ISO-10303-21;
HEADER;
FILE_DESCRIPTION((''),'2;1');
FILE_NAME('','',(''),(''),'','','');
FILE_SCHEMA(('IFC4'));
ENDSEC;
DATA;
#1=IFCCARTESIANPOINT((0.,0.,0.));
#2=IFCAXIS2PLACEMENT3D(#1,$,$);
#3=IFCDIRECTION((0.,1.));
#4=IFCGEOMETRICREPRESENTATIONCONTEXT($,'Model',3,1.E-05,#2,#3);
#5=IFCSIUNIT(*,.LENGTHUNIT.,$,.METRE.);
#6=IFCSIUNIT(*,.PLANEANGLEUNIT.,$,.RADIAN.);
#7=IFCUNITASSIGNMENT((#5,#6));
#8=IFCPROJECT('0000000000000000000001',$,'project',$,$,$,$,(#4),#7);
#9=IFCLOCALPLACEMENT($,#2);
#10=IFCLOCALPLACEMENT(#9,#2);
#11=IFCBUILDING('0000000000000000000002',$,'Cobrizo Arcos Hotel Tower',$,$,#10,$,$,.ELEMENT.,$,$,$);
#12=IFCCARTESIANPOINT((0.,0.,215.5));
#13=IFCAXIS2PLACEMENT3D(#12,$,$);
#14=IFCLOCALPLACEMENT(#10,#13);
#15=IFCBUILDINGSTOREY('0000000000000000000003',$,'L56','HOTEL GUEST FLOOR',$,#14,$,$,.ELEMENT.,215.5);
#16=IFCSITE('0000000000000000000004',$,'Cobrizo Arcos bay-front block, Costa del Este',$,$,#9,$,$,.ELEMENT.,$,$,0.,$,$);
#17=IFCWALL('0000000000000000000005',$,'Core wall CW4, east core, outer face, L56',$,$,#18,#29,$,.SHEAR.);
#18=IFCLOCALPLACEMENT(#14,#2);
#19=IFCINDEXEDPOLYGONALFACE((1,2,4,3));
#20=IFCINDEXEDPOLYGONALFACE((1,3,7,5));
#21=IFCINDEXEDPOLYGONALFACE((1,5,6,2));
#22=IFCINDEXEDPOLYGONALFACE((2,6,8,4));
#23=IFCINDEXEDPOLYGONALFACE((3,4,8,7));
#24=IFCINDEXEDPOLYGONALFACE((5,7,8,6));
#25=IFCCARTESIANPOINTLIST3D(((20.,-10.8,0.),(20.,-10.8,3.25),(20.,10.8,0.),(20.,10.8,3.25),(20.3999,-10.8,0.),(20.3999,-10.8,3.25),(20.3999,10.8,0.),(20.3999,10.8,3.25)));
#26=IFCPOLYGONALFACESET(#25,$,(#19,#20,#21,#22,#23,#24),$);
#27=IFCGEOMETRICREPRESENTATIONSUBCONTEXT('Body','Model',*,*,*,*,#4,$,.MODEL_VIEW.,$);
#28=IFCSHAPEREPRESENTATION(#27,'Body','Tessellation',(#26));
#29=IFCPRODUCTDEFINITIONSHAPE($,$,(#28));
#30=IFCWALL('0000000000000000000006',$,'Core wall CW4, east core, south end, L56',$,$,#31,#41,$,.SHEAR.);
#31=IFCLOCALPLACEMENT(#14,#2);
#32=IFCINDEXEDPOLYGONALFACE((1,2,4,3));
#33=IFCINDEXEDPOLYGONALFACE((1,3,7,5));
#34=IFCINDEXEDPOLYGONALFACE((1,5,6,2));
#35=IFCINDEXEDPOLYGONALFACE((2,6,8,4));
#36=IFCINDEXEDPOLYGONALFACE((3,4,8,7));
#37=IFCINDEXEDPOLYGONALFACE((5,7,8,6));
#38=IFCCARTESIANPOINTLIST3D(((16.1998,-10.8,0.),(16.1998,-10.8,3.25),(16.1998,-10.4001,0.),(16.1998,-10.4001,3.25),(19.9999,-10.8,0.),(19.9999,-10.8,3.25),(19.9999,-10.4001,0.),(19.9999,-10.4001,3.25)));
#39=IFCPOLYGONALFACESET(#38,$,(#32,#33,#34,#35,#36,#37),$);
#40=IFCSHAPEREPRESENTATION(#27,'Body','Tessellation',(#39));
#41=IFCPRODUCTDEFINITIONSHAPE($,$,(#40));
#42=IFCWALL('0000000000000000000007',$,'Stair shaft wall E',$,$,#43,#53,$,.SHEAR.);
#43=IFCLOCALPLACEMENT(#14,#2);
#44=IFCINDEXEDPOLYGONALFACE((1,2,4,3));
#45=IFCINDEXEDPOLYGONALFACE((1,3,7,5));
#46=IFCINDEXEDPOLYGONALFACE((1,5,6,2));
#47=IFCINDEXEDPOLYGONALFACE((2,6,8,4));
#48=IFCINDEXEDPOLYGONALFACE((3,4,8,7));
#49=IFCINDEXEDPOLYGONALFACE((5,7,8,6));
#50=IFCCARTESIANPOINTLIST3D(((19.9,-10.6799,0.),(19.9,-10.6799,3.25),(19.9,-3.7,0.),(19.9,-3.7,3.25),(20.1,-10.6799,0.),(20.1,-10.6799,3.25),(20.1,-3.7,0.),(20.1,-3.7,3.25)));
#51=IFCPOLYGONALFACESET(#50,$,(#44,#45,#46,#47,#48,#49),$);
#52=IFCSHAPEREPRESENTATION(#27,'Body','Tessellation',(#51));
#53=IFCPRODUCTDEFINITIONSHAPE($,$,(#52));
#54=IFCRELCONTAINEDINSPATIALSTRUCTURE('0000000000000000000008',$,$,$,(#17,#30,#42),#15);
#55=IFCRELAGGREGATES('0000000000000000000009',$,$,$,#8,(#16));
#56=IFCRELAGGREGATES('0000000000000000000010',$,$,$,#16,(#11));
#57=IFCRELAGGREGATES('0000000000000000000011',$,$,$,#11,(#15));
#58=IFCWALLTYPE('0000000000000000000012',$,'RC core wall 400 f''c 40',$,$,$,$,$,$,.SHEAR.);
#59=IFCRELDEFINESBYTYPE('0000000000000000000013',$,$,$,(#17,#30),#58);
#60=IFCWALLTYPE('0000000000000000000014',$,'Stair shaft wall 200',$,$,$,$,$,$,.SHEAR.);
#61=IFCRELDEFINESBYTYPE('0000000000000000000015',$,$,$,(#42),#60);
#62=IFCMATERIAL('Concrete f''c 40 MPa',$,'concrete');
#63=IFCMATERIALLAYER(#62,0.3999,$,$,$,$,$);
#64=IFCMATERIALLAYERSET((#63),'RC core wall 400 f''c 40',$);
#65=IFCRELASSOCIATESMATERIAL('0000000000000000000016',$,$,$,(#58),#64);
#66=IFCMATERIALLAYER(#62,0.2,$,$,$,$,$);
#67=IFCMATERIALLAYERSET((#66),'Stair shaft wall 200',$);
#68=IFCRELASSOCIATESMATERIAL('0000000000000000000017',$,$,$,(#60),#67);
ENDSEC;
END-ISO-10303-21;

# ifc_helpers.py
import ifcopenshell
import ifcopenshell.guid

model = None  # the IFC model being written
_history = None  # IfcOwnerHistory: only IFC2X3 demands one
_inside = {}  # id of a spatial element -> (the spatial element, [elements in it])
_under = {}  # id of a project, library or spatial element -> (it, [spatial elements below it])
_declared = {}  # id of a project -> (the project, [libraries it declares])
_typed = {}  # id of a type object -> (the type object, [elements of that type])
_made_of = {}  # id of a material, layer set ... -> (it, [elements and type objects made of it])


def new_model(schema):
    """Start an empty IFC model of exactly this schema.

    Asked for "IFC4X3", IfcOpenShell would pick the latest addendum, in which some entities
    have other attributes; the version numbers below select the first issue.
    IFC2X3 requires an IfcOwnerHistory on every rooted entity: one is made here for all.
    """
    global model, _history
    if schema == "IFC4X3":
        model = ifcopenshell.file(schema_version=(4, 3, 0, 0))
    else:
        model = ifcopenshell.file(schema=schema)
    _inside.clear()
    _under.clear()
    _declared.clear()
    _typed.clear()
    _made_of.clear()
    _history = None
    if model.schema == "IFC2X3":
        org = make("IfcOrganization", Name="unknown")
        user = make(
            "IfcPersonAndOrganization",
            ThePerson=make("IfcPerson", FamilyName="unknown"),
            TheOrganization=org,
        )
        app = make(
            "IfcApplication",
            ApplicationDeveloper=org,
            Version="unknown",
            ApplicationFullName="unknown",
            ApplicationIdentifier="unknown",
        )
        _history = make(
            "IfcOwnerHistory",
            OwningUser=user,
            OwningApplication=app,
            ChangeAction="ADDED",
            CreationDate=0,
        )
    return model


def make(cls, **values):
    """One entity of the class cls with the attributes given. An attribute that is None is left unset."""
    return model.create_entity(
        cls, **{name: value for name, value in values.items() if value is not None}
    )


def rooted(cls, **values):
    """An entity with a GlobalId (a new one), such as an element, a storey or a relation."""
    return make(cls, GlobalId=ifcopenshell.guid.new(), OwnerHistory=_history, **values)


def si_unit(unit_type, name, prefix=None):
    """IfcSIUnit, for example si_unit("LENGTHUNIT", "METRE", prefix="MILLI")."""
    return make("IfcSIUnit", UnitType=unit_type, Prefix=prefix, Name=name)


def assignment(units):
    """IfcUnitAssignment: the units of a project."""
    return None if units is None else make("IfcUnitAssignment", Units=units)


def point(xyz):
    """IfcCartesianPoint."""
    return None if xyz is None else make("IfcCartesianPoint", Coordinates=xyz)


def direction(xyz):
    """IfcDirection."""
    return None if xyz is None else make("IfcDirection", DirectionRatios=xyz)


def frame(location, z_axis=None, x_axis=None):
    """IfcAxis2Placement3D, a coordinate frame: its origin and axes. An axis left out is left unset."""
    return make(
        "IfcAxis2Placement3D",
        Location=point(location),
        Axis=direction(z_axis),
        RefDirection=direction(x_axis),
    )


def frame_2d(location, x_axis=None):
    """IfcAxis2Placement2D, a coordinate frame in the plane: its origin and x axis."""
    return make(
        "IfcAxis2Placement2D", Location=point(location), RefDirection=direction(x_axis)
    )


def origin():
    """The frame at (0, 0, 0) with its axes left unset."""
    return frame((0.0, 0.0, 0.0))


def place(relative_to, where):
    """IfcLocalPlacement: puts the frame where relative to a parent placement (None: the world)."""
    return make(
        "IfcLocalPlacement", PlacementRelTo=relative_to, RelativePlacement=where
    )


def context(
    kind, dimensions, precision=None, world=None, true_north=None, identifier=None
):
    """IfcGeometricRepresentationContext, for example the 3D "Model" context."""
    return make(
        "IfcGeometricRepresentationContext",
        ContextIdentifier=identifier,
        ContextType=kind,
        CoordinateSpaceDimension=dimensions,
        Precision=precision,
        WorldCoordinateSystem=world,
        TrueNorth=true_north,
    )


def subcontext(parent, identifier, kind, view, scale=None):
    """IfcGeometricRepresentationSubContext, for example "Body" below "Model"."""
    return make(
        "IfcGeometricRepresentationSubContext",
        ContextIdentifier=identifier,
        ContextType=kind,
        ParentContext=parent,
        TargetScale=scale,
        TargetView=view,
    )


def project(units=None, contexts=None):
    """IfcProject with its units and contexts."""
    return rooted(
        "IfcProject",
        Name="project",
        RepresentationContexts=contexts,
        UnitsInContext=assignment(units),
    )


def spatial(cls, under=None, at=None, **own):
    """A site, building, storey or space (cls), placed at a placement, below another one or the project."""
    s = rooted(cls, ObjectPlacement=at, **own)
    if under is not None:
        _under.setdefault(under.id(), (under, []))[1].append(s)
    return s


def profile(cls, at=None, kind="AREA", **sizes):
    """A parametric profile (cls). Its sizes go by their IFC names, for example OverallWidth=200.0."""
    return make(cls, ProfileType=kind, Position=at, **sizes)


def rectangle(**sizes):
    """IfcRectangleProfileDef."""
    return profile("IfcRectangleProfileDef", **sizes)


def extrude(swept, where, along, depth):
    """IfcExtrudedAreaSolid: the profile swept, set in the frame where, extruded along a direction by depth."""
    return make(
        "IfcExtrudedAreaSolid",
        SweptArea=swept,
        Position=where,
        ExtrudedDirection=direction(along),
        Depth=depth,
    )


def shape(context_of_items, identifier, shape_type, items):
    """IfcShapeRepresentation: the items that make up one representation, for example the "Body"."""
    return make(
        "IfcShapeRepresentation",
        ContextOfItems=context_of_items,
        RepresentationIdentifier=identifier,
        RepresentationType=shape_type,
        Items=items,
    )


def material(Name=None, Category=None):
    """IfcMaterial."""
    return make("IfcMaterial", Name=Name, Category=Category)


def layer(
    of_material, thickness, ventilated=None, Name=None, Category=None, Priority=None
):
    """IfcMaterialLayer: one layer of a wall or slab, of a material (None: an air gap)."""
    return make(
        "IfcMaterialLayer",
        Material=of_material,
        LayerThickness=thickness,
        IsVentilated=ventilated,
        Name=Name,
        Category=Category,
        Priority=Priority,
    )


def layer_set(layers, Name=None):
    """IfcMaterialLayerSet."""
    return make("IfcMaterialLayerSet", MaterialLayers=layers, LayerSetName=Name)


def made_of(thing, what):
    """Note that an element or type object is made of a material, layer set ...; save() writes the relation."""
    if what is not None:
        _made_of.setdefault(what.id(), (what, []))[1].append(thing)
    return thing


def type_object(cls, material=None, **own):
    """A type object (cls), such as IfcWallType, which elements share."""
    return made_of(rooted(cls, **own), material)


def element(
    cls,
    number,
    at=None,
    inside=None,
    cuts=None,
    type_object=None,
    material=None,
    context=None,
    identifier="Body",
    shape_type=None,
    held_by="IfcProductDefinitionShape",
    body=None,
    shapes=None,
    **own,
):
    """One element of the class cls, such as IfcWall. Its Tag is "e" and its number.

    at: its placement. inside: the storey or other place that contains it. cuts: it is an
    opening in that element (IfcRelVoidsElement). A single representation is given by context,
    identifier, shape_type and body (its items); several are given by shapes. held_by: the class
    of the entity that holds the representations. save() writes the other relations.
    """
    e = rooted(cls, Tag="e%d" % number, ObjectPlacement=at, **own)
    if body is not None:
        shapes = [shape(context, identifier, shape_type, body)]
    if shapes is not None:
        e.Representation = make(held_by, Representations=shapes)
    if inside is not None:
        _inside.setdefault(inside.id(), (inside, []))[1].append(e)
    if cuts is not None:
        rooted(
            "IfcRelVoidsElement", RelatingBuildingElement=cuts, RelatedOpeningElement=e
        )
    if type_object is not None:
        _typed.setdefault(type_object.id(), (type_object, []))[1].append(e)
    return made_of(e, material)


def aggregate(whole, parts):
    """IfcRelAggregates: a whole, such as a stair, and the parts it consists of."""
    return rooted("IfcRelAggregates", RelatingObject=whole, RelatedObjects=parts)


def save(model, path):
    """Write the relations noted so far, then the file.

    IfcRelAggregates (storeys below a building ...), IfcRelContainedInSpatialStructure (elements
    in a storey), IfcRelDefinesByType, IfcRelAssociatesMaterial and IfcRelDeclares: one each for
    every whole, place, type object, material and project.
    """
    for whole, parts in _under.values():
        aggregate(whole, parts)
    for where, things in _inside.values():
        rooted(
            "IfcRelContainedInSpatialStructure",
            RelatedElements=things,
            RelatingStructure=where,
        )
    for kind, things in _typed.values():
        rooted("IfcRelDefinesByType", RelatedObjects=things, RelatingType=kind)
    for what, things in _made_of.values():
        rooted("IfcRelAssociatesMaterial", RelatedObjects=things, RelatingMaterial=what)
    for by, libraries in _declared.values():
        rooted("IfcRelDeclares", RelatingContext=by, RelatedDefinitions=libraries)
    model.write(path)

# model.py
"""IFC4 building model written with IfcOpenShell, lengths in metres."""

from ifc_helpers import new_model, si_unit, direction, frame, frame_2d, origin, place, context, subcontext, project, spatial, rectangle, extrude, material, layer, layer_set, type_object, element, save


model = new_model("IFC4")

# Units and contexts
model_context = context("Model", 3, precision=1e-05, world=origin(), true_north=direction((0.0, 1.0)))
body_context = subcontext(model_context, "Body", "Model", "MODEL_VIEW")
ifc_project = project(units=[si_unit("LENGTHUNIT", "METRE"), si_unit("PLANEANGLEUNIT", "RADIAN")], contexts=[model_context])

# Site, building, storey
site_placement = place(None, origin())
site = spatial("IfcSite", under=ifc_project, at=site_placement, Name="Cobrizo Arcos bay-front block, Costa del Este", CompositionType="ELEMENT", RefElevation=0.0)
building_placement = place(site_placement, origin())
building = spatial("IfcBuilding", under=site, at=building_placement, Name="Cobrizo Arcos Hotel Tower", CompositionType="ELEMENT")
storey_placement = place(building_placement, frame((0.0, 0.0, 215.5)))
storey = spatial("IfcBuildingStorey", under=building, at=storey_placement, Name="L56", Description="HOTEL GUEST FLOOR", CompositionType="ELEMENT", Elevation=215.5)

# Shared definitions
ifc_material_1 = material(Name="Concrete f'c 40 MPa", Category="concrete")
ifc_layer_1 = layer(ifc_material_1, 0.3999)
ifc_layer_set_1 = layer_set([ifc_layer_1], Name="RC core wall 400 f'c 40")
wall_type_1 = type_object("IfcWallType", Name="RC core wall 400 f'c 40", PredefinedType="SHEAR", material=ifc_layer_set_1)

# Walls
wall_1_placement = place(storey_placement, frame((20.2, -10.8, 0.0), z_axis=(0.0, 0.0, 1.0), x_axis=(0.0, 1.0, 0.0)))
element("IfcWall", 1, at=wall_1_placement, inside=storey, type_object=wall_type_1, Name="Core wall CW4, east core, outer face, L56", PredefinedType="SHEAR", context=body_context, shape_type="SweptSolid", body=[
    extrude(rectangle(XDim=21.6001, YDim=0.3999, at=frame_2d((10.8, 0.0))), origin(), (0.0, 0.0, 1.0), 3.25),
])
wall_2_placement = place(storey_placement, frame((16.2, -10.6001, 0.0), z_axis=(0.0, 0.0, 1.0), x_axis=(1.0, 0.0, 0.0)))
element("IfcWall", 2, at=wall_2_placement, inside=storey, type_object=wall_type_1, Name="Core wall CW4, east core, south end, L56", PredefinedType="SHEAR", context=body_context, shape_type="SweptSolid", body=[
    extrude(rectangle(XDim=3.8, YDim=0.3999, at=frame_2d((1.8999, 0.0))), origin(), (0.0, 0.0, 1.0), 3.25),
])
ifc_layer_2 = layer(ifc_material_1, 0.2)
ifc_layer_set_2 = layer_set([ifc_layer_2], Name="Stair shaft wall 200")
wall_type_2 = type_object("IfcWallType", Name="Stair shaft wall 200", PredefinedType="SHEAR", material=ifc_layer_set_2)
wall_3_placement = place(storey_placement, frame((20.0, -10.6799, 0.0), z_axis=(0.0, 0.0, 1.0), x_axis=(0.0, 1.0, 0.0)))
element("IfcWall", 3, at=wall_3_placement, inside=storey, type_object=wall_type_2, Name="Stair shaft wall E", PredefinedType="SHEAR", context=body_context, shape_type="SweptSolid", body=[
    extrude(rectangle(XDim=6.98, YDim=0.2, at=frame_2d((3.49, 0.0))), origin(), (0.0, 0.0, 1.0), 3.25),
])

save(model, "model.ifc")
